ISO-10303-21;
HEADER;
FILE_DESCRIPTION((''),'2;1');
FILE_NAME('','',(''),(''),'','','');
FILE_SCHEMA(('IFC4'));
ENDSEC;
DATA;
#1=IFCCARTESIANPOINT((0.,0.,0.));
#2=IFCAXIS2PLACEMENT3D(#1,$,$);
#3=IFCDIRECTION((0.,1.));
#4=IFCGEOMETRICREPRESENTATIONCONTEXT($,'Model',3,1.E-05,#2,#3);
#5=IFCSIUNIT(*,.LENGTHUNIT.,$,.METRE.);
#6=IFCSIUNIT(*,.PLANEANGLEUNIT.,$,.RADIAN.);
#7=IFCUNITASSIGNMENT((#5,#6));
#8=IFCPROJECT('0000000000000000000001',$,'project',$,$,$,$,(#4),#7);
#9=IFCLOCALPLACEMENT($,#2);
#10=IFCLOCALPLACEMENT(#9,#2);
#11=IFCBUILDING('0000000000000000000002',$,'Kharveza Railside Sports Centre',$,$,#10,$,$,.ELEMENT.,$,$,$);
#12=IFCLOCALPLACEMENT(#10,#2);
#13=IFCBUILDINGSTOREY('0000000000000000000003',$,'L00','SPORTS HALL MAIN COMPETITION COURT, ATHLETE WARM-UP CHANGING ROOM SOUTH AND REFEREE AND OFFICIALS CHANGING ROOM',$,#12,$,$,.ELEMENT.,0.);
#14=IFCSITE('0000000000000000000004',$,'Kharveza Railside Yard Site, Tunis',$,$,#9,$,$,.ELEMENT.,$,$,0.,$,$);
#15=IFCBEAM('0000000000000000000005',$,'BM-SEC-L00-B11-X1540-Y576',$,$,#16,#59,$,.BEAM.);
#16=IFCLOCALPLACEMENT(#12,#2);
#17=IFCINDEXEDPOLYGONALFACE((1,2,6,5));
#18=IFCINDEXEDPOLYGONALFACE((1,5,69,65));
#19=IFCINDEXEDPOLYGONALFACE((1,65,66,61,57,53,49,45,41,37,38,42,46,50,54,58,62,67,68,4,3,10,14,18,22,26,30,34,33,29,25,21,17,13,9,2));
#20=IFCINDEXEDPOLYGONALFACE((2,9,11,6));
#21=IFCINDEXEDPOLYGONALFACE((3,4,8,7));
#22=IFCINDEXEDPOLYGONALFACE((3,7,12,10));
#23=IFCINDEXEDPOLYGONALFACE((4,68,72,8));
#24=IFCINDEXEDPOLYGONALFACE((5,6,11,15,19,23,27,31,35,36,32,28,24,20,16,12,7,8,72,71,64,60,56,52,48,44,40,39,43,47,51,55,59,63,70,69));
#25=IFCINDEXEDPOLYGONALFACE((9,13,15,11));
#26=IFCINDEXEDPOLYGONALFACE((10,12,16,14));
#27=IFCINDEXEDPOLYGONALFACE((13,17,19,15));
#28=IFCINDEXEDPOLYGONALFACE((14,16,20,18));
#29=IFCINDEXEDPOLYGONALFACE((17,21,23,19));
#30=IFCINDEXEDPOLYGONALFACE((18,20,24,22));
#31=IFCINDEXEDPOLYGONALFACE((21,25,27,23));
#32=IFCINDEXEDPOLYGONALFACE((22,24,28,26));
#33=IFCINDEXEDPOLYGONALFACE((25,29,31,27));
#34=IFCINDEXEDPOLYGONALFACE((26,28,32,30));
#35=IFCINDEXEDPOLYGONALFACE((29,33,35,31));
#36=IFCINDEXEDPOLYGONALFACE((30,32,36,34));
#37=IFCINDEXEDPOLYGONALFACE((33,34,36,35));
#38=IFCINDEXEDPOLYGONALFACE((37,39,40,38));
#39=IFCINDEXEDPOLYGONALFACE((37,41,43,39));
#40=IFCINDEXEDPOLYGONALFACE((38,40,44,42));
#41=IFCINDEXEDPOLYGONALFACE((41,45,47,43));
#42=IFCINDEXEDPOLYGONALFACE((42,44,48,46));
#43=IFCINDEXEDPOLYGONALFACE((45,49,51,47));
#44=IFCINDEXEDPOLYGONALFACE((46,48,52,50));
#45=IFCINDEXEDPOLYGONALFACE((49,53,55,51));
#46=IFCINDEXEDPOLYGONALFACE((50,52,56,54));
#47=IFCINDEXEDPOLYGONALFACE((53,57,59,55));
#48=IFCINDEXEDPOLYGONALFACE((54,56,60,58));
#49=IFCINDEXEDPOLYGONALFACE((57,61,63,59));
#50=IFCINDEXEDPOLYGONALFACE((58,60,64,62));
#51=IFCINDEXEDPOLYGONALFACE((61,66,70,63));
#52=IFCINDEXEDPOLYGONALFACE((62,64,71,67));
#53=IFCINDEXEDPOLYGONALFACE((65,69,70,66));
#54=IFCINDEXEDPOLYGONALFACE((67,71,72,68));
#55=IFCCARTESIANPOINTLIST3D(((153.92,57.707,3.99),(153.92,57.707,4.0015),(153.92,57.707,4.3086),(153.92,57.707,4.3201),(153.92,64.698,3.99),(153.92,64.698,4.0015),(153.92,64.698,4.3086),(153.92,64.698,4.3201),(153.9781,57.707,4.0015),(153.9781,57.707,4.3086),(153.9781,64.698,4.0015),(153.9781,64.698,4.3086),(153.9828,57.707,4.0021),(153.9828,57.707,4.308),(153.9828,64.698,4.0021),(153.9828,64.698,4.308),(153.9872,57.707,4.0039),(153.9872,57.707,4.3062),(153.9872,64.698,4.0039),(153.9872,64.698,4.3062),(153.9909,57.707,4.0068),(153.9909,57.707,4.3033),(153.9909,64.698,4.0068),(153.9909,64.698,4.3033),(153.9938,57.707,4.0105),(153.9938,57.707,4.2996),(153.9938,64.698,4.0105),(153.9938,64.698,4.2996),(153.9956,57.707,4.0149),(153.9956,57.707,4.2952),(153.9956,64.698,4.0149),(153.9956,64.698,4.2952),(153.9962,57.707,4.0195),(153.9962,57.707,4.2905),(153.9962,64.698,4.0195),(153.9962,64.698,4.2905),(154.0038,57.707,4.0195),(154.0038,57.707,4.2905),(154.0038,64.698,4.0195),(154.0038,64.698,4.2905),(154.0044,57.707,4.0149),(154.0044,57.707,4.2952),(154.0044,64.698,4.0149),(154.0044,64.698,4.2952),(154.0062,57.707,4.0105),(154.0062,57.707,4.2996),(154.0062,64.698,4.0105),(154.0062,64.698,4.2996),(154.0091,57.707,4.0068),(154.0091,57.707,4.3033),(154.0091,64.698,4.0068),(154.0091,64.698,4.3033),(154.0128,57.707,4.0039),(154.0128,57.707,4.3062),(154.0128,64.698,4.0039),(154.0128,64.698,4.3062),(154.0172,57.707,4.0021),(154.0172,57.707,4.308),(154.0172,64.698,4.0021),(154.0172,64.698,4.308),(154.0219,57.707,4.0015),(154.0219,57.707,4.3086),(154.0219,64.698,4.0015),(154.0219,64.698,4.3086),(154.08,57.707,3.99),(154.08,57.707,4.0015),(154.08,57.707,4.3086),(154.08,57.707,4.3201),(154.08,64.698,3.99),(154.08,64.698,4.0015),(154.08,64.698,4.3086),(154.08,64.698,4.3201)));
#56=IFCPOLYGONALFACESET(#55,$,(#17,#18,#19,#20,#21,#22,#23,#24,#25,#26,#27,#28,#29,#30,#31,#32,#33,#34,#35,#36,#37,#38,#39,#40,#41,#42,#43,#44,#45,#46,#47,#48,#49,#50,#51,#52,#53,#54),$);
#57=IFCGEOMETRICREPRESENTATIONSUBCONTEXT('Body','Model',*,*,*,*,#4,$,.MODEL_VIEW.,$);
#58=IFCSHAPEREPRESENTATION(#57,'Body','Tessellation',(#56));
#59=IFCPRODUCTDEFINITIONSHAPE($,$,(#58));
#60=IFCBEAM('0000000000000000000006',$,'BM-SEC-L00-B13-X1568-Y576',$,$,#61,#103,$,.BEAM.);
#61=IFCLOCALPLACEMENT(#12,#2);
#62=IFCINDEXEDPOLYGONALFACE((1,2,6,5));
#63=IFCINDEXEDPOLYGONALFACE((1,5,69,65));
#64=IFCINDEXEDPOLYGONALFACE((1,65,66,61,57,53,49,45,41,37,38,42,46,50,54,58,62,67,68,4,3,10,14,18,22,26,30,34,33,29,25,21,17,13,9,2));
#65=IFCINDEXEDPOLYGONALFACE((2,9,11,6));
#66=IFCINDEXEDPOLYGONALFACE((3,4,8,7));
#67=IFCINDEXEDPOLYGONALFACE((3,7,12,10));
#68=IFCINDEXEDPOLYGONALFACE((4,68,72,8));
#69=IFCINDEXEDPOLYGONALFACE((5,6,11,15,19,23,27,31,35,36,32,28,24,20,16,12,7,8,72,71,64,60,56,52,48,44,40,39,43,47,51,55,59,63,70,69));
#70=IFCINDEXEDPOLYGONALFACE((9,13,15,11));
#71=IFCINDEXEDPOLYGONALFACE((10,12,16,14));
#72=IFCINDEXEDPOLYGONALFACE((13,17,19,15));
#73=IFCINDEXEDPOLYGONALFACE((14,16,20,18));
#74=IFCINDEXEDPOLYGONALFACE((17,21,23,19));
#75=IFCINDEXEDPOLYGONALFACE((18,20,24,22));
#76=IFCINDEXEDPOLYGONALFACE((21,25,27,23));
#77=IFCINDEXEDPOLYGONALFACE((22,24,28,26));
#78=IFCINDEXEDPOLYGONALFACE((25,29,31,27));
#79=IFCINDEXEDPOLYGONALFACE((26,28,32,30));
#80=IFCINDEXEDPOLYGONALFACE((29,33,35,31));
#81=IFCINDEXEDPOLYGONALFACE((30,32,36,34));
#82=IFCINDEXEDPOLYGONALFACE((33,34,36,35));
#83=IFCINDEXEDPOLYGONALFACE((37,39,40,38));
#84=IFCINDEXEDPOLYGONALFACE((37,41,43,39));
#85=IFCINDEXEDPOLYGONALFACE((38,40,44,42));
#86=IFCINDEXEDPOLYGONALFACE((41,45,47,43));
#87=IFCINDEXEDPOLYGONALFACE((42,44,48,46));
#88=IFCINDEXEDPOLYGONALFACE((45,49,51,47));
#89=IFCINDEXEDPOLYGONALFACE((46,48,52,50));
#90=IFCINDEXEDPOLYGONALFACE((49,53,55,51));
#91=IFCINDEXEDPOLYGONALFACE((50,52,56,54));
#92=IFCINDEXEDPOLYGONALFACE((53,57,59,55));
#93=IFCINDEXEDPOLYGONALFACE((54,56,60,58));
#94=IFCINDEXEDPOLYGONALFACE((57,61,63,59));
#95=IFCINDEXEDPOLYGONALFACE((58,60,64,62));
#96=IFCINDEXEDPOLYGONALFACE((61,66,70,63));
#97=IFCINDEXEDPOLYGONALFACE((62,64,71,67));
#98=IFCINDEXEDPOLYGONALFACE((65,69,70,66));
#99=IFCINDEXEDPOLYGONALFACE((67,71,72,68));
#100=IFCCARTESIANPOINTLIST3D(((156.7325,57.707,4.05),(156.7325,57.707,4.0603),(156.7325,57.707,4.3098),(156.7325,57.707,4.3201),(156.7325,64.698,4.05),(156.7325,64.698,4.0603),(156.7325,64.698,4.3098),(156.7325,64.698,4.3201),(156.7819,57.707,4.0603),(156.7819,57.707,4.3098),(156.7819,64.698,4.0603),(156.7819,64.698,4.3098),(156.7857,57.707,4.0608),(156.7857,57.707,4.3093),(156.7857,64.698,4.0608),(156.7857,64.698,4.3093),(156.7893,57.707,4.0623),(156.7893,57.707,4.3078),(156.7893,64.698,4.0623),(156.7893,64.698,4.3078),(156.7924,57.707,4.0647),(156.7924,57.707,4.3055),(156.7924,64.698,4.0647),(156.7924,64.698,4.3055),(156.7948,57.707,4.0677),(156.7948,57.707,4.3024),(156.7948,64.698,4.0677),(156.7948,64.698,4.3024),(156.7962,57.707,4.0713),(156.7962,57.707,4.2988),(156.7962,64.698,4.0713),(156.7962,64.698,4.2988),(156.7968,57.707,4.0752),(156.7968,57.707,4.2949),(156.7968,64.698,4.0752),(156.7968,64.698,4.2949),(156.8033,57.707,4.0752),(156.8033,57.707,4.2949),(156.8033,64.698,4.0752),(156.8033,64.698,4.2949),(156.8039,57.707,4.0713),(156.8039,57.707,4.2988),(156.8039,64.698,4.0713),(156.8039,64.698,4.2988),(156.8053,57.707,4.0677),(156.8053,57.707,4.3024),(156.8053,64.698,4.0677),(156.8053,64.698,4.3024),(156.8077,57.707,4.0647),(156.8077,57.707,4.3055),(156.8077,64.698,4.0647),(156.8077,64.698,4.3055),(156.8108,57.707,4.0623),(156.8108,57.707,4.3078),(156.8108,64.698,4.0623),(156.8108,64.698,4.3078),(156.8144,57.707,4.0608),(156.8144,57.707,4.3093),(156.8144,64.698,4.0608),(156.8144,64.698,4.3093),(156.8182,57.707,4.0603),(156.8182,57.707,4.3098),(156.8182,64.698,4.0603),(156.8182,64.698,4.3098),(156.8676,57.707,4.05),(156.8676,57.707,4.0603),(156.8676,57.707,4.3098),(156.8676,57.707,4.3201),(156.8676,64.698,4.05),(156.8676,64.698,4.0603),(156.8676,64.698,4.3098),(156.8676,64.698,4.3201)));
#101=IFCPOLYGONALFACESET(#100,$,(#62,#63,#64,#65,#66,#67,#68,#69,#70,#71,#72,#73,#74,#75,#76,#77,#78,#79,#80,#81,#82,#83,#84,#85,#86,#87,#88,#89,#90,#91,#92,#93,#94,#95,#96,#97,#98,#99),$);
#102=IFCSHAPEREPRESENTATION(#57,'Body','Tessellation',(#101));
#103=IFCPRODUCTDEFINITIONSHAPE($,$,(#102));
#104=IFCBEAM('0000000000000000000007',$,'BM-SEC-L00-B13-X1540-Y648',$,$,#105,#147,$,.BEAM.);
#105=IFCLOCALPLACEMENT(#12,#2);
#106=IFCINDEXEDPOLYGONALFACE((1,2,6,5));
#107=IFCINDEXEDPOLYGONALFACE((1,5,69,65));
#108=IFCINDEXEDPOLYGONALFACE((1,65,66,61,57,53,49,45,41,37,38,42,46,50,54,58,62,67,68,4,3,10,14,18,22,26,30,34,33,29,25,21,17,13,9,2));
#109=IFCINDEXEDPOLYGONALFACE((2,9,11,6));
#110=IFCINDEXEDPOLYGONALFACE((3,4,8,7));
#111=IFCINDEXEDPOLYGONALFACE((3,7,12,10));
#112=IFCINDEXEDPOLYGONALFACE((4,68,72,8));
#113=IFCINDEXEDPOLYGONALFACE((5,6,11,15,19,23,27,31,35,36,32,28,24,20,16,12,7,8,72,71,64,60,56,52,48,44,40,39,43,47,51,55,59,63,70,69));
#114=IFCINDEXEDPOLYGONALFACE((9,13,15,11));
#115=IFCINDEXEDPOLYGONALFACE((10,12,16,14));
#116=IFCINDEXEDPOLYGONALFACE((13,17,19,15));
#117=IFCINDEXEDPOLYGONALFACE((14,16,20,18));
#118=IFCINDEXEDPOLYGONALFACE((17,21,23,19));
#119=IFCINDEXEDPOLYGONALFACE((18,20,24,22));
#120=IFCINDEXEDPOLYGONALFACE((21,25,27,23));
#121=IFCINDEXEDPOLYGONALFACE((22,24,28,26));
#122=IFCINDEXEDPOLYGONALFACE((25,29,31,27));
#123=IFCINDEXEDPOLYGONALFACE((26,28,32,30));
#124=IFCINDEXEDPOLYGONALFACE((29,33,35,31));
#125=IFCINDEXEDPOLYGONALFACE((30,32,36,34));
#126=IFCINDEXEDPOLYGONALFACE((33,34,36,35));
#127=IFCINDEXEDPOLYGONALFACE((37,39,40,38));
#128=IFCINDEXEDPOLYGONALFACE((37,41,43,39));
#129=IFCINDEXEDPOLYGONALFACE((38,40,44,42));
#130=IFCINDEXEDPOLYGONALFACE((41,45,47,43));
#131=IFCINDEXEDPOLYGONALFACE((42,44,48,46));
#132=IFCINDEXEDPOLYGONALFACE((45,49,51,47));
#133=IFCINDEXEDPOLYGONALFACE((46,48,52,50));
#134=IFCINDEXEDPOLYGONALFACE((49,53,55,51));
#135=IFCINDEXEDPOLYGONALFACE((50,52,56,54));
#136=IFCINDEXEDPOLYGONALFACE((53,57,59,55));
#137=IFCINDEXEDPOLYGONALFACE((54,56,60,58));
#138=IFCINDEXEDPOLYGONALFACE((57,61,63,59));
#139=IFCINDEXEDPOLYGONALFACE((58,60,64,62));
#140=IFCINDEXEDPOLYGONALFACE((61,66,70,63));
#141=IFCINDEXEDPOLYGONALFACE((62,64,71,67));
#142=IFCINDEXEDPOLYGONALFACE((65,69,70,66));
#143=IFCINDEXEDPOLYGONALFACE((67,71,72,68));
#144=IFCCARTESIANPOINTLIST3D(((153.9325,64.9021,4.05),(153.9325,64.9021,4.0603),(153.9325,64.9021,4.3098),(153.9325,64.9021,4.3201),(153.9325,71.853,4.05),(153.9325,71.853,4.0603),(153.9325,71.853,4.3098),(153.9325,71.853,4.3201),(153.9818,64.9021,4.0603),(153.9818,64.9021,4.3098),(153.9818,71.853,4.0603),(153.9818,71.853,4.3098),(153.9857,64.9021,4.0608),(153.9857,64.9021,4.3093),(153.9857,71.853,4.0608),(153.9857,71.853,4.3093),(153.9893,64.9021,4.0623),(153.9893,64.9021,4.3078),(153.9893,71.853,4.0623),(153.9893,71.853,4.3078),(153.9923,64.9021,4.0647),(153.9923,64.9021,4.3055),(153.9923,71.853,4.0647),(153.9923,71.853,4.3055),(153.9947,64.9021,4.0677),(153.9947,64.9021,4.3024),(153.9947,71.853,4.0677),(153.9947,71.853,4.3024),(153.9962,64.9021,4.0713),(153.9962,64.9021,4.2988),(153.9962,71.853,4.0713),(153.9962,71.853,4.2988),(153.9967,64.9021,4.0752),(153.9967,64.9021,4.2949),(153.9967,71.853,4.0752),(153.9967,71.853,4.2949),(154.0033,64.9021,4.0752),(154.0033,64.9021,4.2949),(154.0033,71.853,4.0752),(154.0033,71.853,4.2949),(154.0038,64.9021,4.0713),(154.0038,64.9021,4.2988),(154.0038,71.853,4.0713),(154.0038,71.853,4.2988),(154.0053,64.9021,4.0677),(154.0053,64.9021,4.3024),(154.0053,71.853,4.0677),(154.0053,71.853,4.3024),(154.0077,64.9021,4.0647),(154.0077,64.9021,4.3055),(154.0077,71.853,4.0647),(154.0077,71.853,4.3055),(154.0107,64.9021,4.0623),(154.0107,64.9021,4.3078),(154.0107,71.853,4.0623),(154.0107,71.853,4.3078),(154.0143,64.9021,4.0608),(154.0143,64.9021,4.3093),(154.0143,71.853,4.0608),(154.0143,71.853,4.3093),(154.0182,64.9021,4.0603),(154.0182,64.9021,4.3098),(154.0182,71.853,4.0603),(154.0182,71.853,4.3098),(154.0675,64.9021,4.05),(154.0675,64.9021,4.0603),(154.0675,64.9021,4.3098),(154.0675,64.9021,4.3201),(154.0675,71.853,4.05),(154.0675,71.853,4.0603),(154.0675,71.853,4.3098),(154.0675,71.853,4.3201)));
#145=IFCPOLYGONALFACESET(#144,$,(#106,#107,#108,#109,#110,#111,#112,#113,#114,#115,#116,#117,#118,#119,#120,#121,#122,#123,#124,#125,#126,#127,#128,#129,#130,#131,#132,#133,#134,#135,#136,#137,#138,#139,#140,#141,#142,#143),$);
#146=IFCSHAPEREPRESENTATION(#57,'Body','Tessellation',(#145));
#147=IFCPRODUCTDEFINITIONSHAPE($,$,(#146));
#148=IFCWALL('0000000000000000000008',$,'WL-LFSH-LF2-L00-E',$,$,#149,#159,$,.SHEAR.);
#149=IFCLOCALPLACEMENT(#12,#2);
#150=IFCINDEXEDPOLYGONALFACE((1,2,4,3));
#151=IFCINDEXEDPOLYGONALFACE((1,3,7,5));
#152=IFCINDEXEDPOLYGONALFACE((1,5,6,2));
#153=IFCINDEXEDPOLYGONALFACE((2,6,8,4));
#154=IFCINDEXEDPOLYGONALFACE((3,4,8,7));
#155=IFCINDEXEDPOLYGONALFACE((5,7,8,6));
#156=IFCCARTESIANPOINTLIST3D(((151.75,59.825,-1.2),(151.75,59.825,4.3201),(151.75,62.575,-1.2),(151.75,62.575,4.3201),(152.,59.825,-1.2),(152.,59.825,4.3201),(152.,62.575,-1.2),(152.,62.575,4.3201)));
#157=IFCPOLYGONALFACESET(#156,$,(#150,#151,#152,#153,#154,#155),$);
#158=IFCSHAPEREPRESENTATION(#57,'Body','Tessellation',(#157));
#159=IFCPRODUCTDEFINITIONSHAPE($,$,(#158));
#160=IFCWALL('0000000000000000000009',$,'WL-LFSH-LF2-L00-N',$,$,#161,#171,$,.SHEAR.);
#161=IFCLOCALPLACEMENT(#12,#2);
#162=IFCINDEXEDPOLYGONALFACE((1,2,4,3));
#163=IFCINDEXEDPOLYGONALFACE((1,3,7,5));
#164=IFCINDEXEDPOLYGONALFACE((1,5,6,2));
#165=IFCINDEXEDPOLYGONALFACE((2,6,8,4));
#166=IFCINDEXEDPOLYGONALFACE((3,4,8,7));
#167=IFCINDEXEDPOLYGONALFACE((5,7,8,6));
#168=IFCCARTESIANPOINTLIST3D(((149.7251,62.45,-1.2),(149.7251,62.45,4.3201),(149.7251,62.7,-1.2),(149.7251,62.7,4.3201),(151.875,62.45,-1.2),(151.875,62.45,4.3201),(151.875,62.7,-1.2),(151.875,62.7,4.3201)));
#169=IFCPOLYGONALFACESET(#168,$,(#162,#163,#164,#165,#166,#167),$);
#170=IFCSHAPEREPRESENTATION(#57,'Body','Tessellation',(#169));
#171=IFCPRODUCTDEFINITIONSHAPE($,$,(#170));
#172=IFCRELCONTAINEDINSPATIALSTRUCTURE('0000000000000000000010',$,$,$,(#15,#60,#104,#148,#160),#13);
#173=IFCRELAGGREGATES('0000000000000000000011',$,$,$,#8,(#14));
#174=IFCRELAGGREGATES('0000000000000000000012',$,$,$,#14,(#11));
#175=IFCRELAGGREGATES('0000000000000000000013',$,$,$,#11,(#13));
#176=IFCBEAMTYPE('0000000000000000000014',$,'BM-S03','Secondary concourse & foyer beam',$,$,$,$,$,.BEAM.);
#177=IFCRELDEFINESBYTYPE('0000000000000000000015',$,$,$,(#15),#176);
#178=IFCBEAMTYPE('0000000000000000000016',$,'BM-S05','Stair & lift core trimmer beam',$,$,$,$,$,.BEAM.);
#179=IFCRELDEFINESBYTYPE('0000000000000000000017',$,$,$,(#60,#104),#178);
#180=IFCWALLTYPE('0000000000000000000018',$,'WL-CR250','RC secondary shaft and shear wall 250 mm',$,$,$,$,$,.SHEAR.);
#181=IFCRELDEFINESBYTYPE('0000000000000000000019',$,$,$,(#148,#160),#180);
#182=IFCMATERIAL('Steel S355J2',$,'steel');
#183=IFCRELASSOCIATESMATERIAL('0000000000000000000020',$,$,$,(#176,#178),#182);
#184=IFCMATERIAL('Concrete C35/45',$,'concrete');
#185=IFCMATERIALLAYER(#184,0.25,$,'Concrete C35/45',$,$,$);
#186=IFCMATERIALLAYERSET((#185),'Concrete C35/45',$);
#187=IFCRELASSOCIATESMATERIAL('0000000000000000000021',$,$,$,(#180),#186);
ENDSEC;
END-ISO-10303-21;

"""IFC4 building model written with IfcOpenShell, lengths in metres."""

from ifc_helpers import new_model, si_unit, direction, frame, frame_2d, origin, origin_2d, place, context, subcontext, project, spatial, rectangle, i_section, extrude, material, layer, layer_set, material_profile, profile_set, type_object, element, save


model = new_model("IFC4")

# Units and contexts
model_context = context("Model", 3, precision=1e-05, world=origin(), true_north=direction((0.0, 1.0)))
body_context = subcontext(model_context, "Body", "Model", "MODEL_VIEW")
ifc_project = project(units=[si_unit("LENGTHUNIT", "METRE"), si_unit("PLANEANGLEUNIT", "RADIAN")], contexts=[model_context])

# Site, building, storey
site_placement = place(None, origin())
site = spatial("IfcSite", under=ifc_project, at=site_placement, Name="Kharveza Railside Yard Site, Tunis", CompositionType="ELEMENT", RefElevation=0.0)
building_placement = place(site_placement, origin())
building = spatial("IfcBuilding", under=site, at=building_placement, Name="Kharveza Railside Sports Centre", CompositionType="ELEMENT")
storey_placement = place(building_placement, origin())
storey = spatial("IfcBuildingStorey", under=building, at=storey_placement, Name="L00", Description="SPORTS HALL MAIN COMPETITION COURT, ATHLETE WARM-UP CHANGING ROOM SOUTH AND REFEREE AND OFFICIALS CHANGING ROOM", CompositionType="ELEMENT", Elevation=0.0)

# Shared definitions
ifc_material_1 = material(Name="Concrete C35/45", Category="concrete")

# Shared definitions
ifc_material_2 = material(Name="Steel S355J2", Category="steel")

# Beams
ifc_material_profile_1 = material_profile(ifc_material_2, i_section(OverallWidth=0.1599, OverallDepth=0.3301, WebThickness=0.0076, FlangeThickness=0.0115, FilletRadius=0.0181, at=origin_2d()), Name="IPE 330")
ifc_profile_set_1 = profile_set([ifc_material_profile_1], Name="Steel S355J2")
beam_type_1 = type_object("IfcBeamType", Name="BM-S03", Description="Secondary concourse & foyer beam", PredefinedType="BEAM", material=ifc_profile_set_1)
beam_1_placement = place(storey_placement, frame((154.0, 57.707, 4.155), z_axis=(0.0, 1.0, 0.0), x_axis=(-1.0, 0.0, 0.0)))
element("IfcBeam", 1, at=beam_1_placement, inside=storey, type_object=beam_type_1, Name="BM-SEC-L00-B11-X1540-Y576", PredefinedType="BEAM", context=body_context, shape_type="SweptSolid", body=[
    extrude(i_section(OverallWidth=0.1599, OverallDepth=0.3301, WebThickness=0.0076, FlangeThickness=0.0115, FilletRadius=0.0181, at=origin_2d()), origin(), (0.0, 0.0, 1.0), 6.991),
])
ifc_material_profile_2 = material_profile(ifc_material_2, i_section(OverallWidth=0.135, OverallDepth=0.27, WebThickness=0.0066, FlangeThickness=0.0103, FilletRadius=0.0149, at=origin_2d()), Name="IPE 270")
ifc_profile_set_2 = profile_set([ifc_material_profile_2], Name="Steel S355J2")
beam_type_2 = type_object("IfcBeamType", Name="BM-S05", Description="Stair & lift core trimmer beam", PredefinedType="BEAM", material=ifc_profile_set_2)
beam_2_placement = place(storey_placement, frame((156.8, 57.707, 4.1851), z_axis=(0.0, 1.0, 0.0), x_axis=(-1.0, 0.0, 0.0)))
element("IfcBeam", 2, at=beam_2_placement, inside=storey, type_object=beam_type_2, Name="BM-SEC-L00-B13-X1568-Y576", PredefinedType="BEAM", context=body_context, shape_type="SweptSolid", body=[
    extrude(i_section(OverallWidth=0.135, OverallDepth=0.27, WebThickness=0.0066, FlangeThickness=0.0103, FilletRadius=0.0149, at=origin_2d()), origin(), (0.0, 0.0, 1.0), 6.991),
])
beam_3_placement = place(storey_placement, frame((154.0, 64.9021, 4.1851), z_axis=(0.0, 1.0, 0.0), x_axis=(-1.0, 0.0, 0.0)))
element("IfcBeam", 3, at=beam_3_placement, inside=storey, type_object=beam_type_2, Name="BM-SEC-L00-B13-X1540-Y648", PredefinedType="BEAM", context=body_context, shape_type="SweptSolid", body=[
    extrude(i_section(OverallWidth=0.135, OverallDepth=0.27, WebThickness=0.0066, FlangeThickness=0.0103, FilletRadius=0.0149, at=origin_2d()), origin(), (0.0, 0.0, 1.0), 6.9509),
])

# Walls
ifc_layer_1 = layer(ifc_material_1, 0.25, Name="Concrete C35/45")
ifc_layer_set_1 = layer_set([ifc_layer_1], Name="Concrete C35/45")
wall_type_1 = type_object("IfcWallType", Name="WL-CR250", Description="RC secondary shaft and shear wall 250 mm", PredefinedType="SHEAR", material=ifc_layer_set_1)
wall_1_placement = place(storey_placement, frame((151.875, 59.825, -1.2), z_axis=(0.0, 0.0, 1.0), x_axis=(0.0, 1.0, 0.0)))
element("IfcWall", 4, at=wall_1_placement, inside=storey, type_object=wall_type_1, Name="WL-LFSH-LF2-L00-E", PredefinedType="SHEAR", context=body_context, shape_type="SweptSolid", body=[
    extrude(rectangle(XDim=2.75, YDim=0.25, at=frame_2d((1.375, 0.0))), origin(), (0.0, 0.0, 1.0), 5.52),
])
wall_2_placement = place(storey_placement, frame((151.875, 62.575, -1.2), z_axis=(0.0, 0.0, 1.0), x_axis=(-1.0, 0.0, 0.0)))
element("IfcWall", 5, at=wall_2_placement, inside=storey, type_object=wall_type_1, Name="WL-LFSH-LF2-L00-N", PredefinedType="SHEAR", context=body_context, shape_type="SweptSolid", body=[
    extrude(rectangle(XDim=2.1499, YDim=0.25, at=frame_2d((1.075, 0.0))), origin(), (0.0, 0.0, 1.0), 5.52),
])

save(model, "model.ifc")
